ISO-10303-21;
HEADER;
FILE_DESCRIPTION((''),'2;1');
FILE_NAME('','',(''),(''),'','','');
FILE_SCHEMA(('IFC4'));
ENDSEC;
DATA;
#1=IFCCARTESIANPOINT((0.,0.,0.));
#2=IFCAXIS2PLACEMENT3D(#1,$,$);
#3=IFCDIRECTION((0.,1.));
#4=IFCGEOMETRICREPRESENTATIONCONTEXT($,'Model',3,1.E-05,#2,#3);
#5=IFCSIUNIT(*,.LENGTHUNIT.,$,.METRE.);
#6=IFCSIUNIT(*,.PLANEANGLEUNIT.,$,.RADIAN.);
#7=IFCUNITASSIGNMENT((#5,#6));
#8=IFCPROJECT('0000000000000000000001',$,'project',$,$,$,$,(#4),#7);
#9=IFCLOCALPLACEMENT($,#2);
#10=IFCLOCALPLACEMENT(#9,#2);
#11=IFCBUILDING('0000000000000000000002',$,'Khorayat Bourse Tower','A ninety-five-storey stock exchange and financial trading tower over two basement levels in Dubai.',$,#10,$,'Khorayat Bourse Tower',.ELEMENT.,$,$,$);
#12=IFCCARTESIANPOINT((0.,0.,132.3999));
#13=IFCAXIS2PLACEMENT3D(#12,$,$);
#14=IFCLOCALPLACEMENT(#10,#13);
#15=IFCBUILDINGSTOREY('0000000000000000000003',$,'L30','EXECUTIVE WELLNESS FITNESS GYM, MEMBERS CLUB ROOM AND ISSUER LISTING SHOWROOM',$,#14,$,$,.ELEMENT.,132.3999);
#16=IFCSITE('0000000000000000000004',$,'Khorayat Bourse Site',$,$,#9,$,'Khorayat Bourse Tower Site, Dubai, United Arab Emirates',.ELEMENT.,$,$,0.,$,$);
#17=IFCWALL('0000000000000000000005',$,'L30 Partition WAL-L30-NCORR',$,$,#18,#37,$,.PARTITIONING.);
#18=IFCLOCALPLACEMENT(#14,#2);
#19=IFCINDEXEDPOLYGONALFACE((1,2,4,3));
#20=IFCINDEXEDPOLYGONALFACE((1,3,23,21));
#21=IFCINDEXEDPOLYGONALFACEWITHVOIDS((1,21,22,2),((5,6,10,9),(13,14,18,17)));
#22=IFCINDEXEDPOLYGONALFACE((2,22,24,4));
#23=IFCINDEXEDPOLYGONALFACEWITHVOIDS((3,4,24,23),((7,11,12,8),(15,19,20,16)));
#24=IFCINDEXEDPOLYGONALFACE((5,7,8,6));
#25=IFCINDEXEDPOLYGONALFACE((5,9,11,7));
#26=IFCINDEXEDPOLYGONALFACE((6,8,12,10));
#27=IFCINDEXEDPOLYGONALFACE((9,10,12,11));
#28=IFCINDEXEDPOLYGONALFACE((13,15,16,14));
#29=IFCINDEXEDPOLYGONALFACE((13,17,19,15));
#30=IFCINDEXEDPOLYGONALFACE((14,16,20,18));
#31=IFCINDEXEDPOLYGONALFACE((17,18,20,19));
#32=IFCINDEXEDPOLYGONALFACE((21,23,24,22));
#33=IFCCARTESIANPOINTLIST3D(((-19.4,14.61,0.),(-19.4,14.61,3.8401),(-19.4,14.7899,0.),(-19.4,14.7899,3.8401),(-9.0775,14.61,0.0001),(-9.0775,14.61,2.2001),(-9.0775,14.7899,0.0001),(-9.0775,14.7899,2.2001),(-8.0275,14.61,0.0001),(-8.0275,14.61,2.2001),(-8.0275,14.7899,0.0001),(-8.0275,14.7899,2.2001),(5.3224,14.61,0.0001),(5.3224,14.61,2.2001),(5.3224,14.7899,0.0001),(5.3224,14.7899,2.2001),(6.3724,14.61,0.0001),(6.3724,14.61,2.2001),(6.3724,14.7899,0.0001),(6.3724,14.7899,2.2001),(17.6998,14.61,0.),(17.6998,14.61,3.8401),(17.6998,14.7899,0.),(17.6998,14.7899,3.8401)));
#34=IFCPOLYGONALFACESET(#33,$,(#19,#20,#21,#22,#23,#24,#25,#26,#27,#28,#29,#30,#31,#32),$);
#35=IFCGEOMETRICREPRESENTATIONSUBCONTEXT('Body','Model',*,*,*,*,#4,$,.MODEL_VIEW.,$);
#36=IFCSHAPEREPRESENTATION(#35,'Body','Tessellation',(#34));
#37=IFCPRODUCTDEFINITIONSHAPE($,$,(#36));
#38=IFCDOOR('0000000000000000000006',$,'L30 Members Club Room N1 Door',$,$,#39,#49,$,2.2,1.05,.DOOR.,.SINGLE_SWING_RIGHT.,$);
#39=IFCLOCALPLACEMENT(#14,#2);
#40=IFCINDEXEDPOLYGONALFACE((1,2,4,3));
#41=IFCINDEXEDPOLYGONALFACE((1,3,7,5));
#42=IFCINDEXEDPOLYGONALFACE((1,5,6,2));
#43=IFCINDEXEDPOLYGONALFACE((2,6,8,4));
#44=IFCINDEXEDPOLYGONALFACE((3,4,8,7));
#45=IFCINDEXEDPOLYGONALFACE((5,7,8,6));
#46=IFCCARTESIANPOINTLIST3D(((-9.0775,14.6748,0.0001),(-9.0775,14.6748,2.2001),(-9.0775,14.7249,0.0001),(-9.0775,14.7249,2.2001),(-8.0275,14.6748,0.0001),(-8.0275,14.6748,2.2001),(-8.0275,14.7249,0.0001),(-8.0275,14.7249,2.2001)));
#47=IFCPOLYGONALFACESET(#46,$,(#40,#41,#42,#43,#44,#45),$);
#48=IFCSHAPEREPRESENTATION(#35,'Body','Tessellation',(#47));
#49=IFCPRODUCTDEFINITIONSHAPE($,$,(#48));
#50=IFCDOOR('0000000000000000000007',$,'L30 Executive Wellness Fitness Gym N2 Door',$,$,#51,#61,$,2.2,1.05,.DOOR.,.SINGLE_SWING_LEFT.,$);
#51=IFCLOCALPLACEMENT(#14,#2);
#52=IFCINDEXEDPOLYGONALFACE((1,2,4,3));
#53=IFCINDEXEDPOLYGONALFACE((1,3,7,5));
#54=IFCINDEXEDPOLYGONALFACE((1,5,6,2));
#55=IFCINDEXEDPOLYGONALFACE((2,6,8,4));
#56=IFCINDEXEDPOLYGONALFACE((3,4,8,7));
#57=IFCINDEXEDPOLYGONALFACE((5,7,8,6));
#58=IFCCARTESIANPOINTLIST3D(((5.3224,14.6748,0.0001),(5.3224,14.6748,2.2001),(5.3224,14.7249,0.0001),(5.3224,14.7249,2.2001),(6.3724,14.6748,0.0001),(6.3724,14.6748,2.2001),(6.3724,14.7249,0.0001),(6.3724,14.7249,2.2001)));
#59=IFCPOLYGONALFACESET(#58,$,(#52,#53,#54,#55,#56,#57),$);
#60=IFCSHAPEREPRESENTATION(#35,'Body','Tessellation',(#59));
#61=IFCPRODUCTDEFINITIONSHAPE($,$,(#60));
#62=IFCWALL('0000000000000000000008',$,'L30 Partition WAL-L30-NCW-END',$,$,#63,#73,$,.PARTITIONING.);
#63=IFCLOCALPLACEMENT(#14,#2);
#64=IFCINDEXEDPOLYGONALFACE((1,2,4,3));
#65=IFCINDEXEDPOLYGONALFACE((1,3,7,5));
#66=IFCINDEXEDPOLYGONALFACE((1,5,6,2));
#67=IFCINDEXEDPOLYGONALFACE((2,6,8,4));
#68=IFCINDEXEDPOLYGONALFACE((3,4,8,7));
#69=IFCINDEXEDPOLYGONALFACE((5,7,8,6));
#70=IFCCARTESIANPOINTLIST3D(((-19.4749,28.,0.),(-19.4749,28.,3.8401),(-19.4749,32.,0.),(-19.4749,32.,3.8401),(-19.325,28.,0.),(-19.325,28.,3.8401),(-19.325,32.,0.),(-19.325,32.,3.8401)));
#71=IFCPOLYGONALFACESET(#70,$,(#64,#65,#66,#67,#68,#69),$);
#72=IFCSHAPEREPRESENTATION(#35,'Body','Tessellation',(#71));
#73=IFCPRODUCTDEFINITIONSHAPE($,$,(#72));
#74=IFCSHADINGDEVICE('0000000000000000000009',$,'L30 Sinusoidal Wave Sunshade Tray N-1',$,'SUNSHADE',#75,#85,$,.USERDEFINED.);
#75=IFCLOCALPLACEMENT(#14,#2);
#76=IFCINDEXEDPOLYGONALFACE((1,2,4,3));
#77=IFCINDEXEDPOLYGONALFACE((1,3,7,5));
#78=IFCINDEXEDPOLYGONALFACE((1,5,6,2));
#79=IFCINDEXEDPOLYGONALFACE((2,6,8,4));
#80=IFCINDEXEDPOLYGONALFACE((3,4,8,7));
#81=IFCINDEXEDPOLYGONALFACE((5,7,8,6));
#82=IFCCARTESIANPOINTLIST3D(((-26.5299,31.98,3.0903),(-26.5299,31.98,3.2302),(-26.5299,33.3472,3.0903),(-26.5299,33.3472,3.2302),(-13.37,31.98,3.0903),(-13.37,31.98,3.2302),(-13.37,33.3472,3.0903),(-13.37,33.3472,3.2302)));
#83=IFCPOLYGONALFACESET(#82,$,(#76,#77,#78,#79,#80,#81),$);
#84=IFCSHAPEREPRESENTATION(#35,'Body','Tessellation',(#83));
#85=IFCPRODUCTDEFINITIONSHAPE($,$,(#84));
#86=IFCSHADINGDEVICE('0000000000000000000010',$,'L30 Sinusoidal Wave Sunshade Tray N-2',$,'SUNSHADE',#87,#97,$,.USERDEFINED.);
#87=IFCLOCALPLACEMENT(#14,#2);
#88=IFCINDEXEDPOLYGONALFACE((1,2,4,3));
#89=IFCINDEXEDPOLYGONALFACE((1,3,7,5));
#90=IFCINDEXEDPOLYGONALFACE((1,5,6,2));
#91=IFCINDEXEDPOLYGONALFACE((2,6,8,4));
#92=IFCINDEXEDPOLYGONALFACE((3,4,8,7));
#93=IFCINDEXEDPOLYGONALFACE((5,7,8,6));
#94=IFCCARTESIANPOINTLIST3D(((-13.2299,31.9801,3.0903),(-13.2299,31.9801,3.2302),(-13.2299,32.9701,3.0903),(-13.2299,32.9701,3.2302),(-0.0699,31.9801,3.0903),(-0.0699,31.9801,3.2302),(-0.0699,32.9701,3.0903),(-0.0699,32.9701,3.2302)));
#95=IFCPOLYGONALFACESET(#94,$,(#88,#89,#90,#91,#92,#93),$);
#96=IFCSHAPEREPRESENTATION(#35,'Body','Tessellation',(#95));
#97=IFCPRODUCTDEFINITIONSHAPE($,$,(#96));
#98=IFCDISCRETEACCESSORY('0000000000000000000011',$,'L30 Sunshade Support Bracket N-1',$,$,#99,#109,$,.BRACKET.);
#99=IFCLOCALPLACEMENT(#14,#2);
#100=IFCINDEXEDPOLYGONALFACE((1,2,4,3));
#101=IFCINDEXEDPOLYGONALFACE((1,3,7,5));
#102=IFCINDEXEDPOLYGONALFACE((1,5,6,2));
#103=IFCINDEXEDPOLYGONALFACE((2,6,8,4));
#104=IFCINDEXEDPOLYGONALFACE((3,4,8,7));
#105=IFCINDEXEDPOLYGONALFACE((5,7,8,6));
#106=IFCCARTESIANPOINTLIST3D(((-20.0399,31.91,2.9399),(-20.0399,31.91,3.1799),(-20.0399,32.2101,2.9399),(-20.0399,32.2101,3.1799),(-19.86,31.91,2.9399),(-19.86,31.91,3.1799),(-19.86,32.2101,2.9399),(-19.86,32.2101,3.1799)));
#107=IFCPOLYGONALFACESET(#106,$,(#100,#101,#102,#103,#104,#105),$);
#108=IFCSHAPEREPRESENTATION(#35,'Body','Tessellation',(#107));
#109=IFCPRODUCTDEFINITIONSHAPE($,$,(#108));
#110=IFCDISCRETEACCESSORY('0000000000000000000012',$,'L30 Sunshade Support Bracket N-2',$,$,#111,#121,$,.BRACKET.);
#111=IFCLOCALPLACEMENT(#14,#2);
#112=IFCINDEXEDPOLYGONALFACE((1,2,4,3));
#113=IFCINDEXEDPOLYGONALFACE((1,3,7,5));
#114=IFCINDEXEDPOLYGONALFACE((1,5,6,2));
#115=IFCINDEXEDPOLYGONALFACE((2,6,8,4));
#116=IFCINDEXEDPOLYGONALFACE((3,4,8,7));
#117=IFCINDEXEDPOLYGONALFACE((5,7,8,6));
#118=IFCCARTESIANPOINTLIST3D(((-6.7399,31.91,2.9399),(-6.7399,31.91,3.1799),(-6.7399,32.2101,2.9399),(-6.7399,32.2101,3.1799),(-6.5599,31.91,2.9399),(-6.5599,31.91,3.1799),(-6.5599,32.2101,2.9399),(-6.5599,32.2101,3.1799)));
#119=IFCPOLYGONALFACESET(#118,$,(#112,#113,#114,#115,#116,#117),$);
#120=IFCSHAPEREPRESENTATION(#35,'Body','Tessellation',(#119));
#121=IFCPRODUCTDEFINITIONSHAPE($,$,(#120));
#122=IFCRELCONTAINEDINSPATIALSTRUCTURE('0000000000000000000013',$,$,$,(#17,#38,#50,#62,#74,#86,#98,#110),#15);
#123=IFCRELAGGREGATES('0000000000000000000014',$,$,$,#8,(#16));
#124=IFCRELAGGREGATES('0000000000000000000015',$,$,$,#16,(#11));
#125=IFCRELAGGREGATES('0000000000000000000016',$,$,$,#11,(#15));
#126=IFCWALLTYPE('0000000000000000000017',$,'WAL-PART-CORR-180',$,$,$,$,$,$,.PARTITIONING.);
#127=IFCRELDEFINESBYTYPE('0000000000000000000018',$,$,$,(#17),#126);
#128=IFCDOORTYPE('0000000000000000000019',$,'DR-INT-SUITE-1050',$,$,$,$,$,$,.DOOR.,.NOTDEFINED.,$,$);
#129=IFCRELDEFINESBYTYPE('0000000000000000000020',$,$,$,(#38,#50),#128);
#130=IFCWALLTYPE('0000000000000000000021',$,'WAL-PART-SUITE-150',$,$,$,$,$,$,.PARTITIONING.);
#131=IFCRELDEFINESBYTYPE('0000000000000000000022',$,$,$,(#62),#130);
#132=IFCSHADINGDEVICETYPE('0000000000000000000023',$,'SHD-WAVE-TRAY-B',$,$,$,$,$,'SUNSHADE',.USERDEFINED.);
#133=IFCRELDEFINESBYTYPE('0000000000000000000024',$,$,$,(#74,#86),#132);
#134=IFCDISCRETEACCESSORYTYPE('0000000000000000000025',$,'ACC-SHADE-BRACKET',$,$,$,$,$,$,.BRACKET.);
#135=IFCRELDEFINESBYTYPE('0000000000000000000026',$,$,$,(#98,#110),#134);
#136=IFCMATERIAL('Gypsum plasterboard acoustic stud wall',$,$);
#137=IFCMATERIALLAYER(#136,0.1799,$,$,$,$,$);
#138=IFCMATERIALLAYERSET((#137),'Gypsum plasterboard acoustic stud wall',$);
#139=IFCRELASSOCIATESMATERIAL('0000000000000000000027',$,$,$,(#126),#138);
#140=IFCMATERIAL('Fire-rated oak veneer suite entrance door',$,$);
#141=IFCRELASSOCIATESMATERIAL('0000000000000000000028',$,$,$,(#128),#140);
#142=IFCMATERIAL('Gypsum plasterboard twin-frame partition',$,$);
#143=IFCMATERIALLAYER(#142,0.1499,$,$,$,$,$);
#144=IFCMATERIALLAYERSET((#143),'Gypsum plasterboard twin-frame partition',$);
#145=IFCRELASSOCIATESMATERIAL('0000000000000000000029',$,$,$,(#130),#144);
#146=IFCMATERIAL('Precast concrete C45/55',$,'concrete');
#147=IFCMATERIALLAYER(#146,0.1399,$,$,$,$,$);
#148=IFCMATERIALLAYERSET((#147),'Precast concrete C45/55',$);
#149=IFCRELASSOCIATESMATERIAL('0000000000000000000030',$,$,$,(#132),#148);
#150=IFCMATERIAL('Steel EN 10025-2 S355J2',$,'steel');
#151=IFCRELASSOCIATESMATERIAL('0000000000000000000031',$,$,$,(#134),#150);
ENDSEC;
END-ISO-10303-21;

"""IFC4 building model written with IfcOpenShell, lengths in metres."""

from ifc_helpers import new_model, si_unit, direction, frame, frame_2d, origin, origin_2d, place, context, subcontext, project, spatial, rectangle, extrude, source, transform, mapped, material, layer, layer_set, type_object, element, fill, save


model = new_model("IFC4")

# Units and contexts
model_context = context("Model", 3, precision=1e-05, world=origin(), true_north=direction((0.0, 1.0)))
body_context = subcontext(model_context, "Body", "Model", "MODEL_VIEW")
ifc_project = project(units=[si_unit("LENGTHUNIT", "METRE"), si_unit("PLANEANGLEUNIT", "RADIAN")], contexts=[model_context])

# Site, building, storey
site_placement = place(None, origin())
site = spatial("IfcSite", under=ifc_project, at=site_placement, Name="Khorayat Bourse Site", LongName="Khorayat Bourse Tower Site, Dubai, United Arab Emirates", CompositionType="ELEMENT", RefElevation=0.0)
building_placement = place(site_placement, origin())
building = spatial("IfcBuilding", under=site, at=building_placement, Name="Khorayat Bourse Tower", Description="A ninety-five-storey stock exchange and financial trading tower over two basement levels in Dubai.", LongName="Khorayat Bourse Tower", CompositionType="ELEMENT")
storey_placement = place(building_placement, frame((0.0, 0.0, 132.3999)))
storey = spatial("IfcBuildingStorey", under=building, at=storey_placement, Name="L30", Description="EXECUTIVE WELLNESS FITNESS GYM, MEMBERS CLUB ROOM AND ISSUER LISTING SHOWROOM", CompositionType="ELEMENT", Elevation=132.3999)

# Shared definitions
ifc_material_1 = material(Name="Steel EN 10025-2 S355J2", Category="steel")

# Wall, openings, doors
ifc_material_2 = material(Name="Gypsum plasterboard acoustic stud wall")
ifc_layer_1 = layer(ifc_material_2, 0.1799)
ifc_layer_set_1 = layer_set([ifc_layer_1], Name="Gypsum plasterboard acoustic stud wall")
wall_type_1 = type_object("IfcWallType", Name="WAL-PART-CORR-180", PredefinedType="PARTITIONING", material=ifc_layer_set_1)
shared_shape_1 = source(origin(), body_context, "Body", "SweptSolid", [
    extrude(rectangle(XDim=37.0999, YDim=0.1799, at=frame_2d((18.5498, 0.0))), origin(), (0.0, 0.0, 1.0), 3.8401),
])
wall_1_placement = place(storey_placement, frame((-19.3999, 14.7, 0.0), z_axis=(0.0, 0.0, 1.0), x_axis=(1.0, 0.0, 0.0)))
wall_1 = element("IfcWall", 1, at=wall_1_placement, inside=storey, type_object=wall_type_1, Name="L30 Partition WAL-L30-NCORR", PredefinedType="PARTITIONING", context=body_context, shape_type="MappedRepresentation", body=[
    mapped(shared_shape_1, transform((0.0, 0.0, 0.0), scale=1.0)),
])
shared_shape_2 = source(origin(), body_context, "Body", "SweptSolid", [
    extrude(rectangle(XDim=1.05, YDim=2.2, at=frame_2d((0.5249, 1.1001))), frame((0.0, 0.0999, 0.0), z_axis=(0.0, -1.0, 0.0), x_axis=(1.0, 0.0, 0.0)), (0.0, 0.0, 1.0), 0.2),
])
opening_1_placement = place(wall_1_placement, frame((10.3225, 0.0, 0.0)))
opening_1 = element("IfcOpeningElement", 2, at=opening_1_placement, cuts=wall_1, PredefinedType="OPENING", context=body_context, shape_type="MappedRepresentation", body=[
    mapped(shared_shape_2, transform((0.0, 0.0, 0.0), scale=1.0)),
])
opening_2_placement = place(wall_1_placement, frame((24.7224, 0.0, 0.0)))
opening_2 = element("IfcOpeningElement", 3, at=opening_2_placement, cuts=wall_1, PredefinedType="OPENING", context=body_context, shape_type="MappedRepresentation", body=[
    mapped(shared_shape_2, transform((0.0, 0.0, 0.0), scale=1.0)),
])
ifc_material_3 = material(Name="Fire-rated oak veneer suite entrance door")
door_type_1 = type_object("IfcDoorType", Name="DR-INT-SUITE-1050", OperationType="NOTDEFINED", PredefinedType="DOOR", material=ifc_material_3)
shared_shape_3 = source(origin(), body_context, "Body", "SweptSolid", [
    extrude(rectangle(XDim=1.05, YDim=2.2, at=frame_2d((0.5249, 1.1001))), frame((0.0, 0.0249, 0.0), z_axis=(0.0, -1.0, 0.0), x_axis=(1.0, 0.0, 0.0)), (0.0, 0.0, 1.0), 0.05),
])
door_1_placement = place(opening_1_placement, origin())
door_1 = element("IfcDoor", 4, at=door_1_placement, inside=storey, type_object=door_type_1, Name="L30 Members Club Room N1 Door", OperationType="SINGLE_SWING_RIGHT", OverallHeight=2.2, OverallWidth=1.05, PredefinedType="DOOR", context=body_context, shape_type="MappedRepresentation", body=[
    mapped(shared_shape_3, transform((0.0, 0.0, 0.0), scale=1.0)),
])
fill(opening_1, door_1)
door_2_placement = place(opening_2_placement, origin())
door_2 = element("IfcDoor", 5, at=door_2_placement, inside=storey, type_object=door_type_1, Name="L30 Executive Wellness Fitness Gym N2 Door", OperationType="SINGLE_SWING_LEFT", OverallHeight=2.2, OverallWidth=1.05, PredefinedType="DOOR", context=body_context, shape_type="MappedRepresentation", body=[
    mapped(shared_shape_3, transform((0.0, 0.0, 0.0), scale=1.0)),
])
fill(opening_2, door_2)

# Wall
ifc_material_4 = material(Name="Gypsum plasterboard twin-frame partition")
ifc_layer_2 = layer(ifc_material_4, 0.1499)
ifc_layer_set_2 = layer_set([ifc_layer_2], Name="Gypsum plasterboard twin-frame partition")
wall_type_2 = type_object("IfcWallType", Name="WAL-PART-SUITE-150", PredefinedType="PARTITIONING", material=ifc_layer_set_2)
shared_shape_4 = source(origin(), body_context, "Body", "SweptSolid", [
    extrude(rectangle(XDim=4.0, YDim=0.1499, at=frame_2d((2.0, 0.0))), origin(), (0.0, 0.0, 1.0), 3.8401),
])
wall_2_placement = place(storey_placement, frame((-19.3999, 28.0, 0.0), z_axis=(0.0, 0.0, 1.0), x_axis=(0.0, 1.0, 0.0)))
element("IfcWall", 6, at=wall_2_placement, inside=storey, type_object=wall_type_2, Name="L30 Partition WAL-L30-NCW-END", PredefinedType="PARTITIONING", context=body_context, shape_type="MappedRepresentation", body=[
    mapped(shared_shape_4, transform((0.0, 0.0, 0.0), scale=1.0)),
])

# Shading devices
ifc_material_5 = material(Name="Precast concrete C45/55", Category="concrete")
ifc_layer_3 = layer(ifc_material_5, 0.1399)
ifc_layer_set_3 = layer_set([ifc_layer_3], Name="Precast concrete C45/55")
shading_device_type = type_object("IfcShadingDeviceType", Name="SHD-WAVE-TRAY-B", ElementType="SUNSHADE", PredefinedType="USERDEFINED", material=ifc_layer_set_3)
shared_shape_5 = source(origin(), body_context, "Body", "SweptSolid", [
    extrude(rectangle(XDim=13.1599, YDim=1.3672, at=origin_2d()), origin(), (0.0, 0.0, 1.0), 0.1399),
])
shading_device_1_placement = place(storey_placement, frame((-19.95, 32.6636, 3.0903), z_axis=(0.0, 0.0, 1.0), x_axis=(1.0, 0.0, 0.0)))
element("IfcShadingDevice", 7, at=shading_device_1_placement, inside=storey, type_object=shading_device_type, Name="L30 Sinusoidal Wave Sunshade Tray N-1", ObjectType="SUNSHADE", PredefinedType="USERDEFINED", context=body_context, shape_type="MappedRepresentation", body=[
    mapped(shared_shape_5, transform((0.0, 0.0, 0.0), scale=1.0)),
])
shared_shape_6 = source(origin(), body_context, "Body", "SweptSolid", [
    extrude(rectangle(XDim=13.1599, YDim=0.99, at=origin_2d()), origin(), (0.0, 0.0, 1.0), 0.1399),
])
shading_device_2_placement = place(storey_placement, frame((-6.6499, 32.4751, 3.0903), z_axis=(0.0, 0.0, 1.0), x_axis=(1.0, 0.0, 0.0)))
element("IfcShadingDevice", 8, at=shading_device_2_placement, inside=storey, type_object=shading_device_type, Name="L30 Sinusoidal Wave Sunshade Tray N-2", ObjectType="SUNSHADE", PredefinedType="USERDEFINED", context=body_context, shape_type="MappedRepresentation", body=[
    mapped(shared_shape_6, transform((0.0, 0.0, 0.0), scale=1.0)),
])

# Discrete accessories
discrete_accessory_type = type_object("IfcDiscreteAccessoryType", Name="ACC-SHADE-BRACKET", PredefinedType="BRACKET", material=ifc_material_1)
shared_shape_7 = source(origin(), body_context, "Body", "SweptSolid", [
    extrude(rectangle(XDim=0.1799, YDim=0.3, at=origin_2d()), origin(), (0.0, 0.0, 1.0), 0.24),
])
for number, where, z_axis, x_axis, name in (
    (9, (-19.95, 32.0601, 2.9399), (0.0, 0.0, 1.0), (1.0, 0.0, 0.0), "L30 Sunshade Support Bracket N-1"),
    (10, (-6.6499, 32.0601, 2.9399), (0.0, 0.0, 1.0), (1.0, 0.0, 0.0), "L30 Sunshade Support Bracket N-2"),
):
    element("IfcDiscreteAccessory", number, at=place(storey_placement, frame(where, z_axis=z_axis, x_axis=x_axis)), inside=storey, type_object=discrete_accessory_type, Name=name, PredefinedType="BRACKET", context=body_context, shape_type="MappedRepresentation", body=[
        mapped(shared_shape_7, transform((0.0, 0.0, 0.0), scale=1.0)),
    ])

save(model, "model.ifc")
